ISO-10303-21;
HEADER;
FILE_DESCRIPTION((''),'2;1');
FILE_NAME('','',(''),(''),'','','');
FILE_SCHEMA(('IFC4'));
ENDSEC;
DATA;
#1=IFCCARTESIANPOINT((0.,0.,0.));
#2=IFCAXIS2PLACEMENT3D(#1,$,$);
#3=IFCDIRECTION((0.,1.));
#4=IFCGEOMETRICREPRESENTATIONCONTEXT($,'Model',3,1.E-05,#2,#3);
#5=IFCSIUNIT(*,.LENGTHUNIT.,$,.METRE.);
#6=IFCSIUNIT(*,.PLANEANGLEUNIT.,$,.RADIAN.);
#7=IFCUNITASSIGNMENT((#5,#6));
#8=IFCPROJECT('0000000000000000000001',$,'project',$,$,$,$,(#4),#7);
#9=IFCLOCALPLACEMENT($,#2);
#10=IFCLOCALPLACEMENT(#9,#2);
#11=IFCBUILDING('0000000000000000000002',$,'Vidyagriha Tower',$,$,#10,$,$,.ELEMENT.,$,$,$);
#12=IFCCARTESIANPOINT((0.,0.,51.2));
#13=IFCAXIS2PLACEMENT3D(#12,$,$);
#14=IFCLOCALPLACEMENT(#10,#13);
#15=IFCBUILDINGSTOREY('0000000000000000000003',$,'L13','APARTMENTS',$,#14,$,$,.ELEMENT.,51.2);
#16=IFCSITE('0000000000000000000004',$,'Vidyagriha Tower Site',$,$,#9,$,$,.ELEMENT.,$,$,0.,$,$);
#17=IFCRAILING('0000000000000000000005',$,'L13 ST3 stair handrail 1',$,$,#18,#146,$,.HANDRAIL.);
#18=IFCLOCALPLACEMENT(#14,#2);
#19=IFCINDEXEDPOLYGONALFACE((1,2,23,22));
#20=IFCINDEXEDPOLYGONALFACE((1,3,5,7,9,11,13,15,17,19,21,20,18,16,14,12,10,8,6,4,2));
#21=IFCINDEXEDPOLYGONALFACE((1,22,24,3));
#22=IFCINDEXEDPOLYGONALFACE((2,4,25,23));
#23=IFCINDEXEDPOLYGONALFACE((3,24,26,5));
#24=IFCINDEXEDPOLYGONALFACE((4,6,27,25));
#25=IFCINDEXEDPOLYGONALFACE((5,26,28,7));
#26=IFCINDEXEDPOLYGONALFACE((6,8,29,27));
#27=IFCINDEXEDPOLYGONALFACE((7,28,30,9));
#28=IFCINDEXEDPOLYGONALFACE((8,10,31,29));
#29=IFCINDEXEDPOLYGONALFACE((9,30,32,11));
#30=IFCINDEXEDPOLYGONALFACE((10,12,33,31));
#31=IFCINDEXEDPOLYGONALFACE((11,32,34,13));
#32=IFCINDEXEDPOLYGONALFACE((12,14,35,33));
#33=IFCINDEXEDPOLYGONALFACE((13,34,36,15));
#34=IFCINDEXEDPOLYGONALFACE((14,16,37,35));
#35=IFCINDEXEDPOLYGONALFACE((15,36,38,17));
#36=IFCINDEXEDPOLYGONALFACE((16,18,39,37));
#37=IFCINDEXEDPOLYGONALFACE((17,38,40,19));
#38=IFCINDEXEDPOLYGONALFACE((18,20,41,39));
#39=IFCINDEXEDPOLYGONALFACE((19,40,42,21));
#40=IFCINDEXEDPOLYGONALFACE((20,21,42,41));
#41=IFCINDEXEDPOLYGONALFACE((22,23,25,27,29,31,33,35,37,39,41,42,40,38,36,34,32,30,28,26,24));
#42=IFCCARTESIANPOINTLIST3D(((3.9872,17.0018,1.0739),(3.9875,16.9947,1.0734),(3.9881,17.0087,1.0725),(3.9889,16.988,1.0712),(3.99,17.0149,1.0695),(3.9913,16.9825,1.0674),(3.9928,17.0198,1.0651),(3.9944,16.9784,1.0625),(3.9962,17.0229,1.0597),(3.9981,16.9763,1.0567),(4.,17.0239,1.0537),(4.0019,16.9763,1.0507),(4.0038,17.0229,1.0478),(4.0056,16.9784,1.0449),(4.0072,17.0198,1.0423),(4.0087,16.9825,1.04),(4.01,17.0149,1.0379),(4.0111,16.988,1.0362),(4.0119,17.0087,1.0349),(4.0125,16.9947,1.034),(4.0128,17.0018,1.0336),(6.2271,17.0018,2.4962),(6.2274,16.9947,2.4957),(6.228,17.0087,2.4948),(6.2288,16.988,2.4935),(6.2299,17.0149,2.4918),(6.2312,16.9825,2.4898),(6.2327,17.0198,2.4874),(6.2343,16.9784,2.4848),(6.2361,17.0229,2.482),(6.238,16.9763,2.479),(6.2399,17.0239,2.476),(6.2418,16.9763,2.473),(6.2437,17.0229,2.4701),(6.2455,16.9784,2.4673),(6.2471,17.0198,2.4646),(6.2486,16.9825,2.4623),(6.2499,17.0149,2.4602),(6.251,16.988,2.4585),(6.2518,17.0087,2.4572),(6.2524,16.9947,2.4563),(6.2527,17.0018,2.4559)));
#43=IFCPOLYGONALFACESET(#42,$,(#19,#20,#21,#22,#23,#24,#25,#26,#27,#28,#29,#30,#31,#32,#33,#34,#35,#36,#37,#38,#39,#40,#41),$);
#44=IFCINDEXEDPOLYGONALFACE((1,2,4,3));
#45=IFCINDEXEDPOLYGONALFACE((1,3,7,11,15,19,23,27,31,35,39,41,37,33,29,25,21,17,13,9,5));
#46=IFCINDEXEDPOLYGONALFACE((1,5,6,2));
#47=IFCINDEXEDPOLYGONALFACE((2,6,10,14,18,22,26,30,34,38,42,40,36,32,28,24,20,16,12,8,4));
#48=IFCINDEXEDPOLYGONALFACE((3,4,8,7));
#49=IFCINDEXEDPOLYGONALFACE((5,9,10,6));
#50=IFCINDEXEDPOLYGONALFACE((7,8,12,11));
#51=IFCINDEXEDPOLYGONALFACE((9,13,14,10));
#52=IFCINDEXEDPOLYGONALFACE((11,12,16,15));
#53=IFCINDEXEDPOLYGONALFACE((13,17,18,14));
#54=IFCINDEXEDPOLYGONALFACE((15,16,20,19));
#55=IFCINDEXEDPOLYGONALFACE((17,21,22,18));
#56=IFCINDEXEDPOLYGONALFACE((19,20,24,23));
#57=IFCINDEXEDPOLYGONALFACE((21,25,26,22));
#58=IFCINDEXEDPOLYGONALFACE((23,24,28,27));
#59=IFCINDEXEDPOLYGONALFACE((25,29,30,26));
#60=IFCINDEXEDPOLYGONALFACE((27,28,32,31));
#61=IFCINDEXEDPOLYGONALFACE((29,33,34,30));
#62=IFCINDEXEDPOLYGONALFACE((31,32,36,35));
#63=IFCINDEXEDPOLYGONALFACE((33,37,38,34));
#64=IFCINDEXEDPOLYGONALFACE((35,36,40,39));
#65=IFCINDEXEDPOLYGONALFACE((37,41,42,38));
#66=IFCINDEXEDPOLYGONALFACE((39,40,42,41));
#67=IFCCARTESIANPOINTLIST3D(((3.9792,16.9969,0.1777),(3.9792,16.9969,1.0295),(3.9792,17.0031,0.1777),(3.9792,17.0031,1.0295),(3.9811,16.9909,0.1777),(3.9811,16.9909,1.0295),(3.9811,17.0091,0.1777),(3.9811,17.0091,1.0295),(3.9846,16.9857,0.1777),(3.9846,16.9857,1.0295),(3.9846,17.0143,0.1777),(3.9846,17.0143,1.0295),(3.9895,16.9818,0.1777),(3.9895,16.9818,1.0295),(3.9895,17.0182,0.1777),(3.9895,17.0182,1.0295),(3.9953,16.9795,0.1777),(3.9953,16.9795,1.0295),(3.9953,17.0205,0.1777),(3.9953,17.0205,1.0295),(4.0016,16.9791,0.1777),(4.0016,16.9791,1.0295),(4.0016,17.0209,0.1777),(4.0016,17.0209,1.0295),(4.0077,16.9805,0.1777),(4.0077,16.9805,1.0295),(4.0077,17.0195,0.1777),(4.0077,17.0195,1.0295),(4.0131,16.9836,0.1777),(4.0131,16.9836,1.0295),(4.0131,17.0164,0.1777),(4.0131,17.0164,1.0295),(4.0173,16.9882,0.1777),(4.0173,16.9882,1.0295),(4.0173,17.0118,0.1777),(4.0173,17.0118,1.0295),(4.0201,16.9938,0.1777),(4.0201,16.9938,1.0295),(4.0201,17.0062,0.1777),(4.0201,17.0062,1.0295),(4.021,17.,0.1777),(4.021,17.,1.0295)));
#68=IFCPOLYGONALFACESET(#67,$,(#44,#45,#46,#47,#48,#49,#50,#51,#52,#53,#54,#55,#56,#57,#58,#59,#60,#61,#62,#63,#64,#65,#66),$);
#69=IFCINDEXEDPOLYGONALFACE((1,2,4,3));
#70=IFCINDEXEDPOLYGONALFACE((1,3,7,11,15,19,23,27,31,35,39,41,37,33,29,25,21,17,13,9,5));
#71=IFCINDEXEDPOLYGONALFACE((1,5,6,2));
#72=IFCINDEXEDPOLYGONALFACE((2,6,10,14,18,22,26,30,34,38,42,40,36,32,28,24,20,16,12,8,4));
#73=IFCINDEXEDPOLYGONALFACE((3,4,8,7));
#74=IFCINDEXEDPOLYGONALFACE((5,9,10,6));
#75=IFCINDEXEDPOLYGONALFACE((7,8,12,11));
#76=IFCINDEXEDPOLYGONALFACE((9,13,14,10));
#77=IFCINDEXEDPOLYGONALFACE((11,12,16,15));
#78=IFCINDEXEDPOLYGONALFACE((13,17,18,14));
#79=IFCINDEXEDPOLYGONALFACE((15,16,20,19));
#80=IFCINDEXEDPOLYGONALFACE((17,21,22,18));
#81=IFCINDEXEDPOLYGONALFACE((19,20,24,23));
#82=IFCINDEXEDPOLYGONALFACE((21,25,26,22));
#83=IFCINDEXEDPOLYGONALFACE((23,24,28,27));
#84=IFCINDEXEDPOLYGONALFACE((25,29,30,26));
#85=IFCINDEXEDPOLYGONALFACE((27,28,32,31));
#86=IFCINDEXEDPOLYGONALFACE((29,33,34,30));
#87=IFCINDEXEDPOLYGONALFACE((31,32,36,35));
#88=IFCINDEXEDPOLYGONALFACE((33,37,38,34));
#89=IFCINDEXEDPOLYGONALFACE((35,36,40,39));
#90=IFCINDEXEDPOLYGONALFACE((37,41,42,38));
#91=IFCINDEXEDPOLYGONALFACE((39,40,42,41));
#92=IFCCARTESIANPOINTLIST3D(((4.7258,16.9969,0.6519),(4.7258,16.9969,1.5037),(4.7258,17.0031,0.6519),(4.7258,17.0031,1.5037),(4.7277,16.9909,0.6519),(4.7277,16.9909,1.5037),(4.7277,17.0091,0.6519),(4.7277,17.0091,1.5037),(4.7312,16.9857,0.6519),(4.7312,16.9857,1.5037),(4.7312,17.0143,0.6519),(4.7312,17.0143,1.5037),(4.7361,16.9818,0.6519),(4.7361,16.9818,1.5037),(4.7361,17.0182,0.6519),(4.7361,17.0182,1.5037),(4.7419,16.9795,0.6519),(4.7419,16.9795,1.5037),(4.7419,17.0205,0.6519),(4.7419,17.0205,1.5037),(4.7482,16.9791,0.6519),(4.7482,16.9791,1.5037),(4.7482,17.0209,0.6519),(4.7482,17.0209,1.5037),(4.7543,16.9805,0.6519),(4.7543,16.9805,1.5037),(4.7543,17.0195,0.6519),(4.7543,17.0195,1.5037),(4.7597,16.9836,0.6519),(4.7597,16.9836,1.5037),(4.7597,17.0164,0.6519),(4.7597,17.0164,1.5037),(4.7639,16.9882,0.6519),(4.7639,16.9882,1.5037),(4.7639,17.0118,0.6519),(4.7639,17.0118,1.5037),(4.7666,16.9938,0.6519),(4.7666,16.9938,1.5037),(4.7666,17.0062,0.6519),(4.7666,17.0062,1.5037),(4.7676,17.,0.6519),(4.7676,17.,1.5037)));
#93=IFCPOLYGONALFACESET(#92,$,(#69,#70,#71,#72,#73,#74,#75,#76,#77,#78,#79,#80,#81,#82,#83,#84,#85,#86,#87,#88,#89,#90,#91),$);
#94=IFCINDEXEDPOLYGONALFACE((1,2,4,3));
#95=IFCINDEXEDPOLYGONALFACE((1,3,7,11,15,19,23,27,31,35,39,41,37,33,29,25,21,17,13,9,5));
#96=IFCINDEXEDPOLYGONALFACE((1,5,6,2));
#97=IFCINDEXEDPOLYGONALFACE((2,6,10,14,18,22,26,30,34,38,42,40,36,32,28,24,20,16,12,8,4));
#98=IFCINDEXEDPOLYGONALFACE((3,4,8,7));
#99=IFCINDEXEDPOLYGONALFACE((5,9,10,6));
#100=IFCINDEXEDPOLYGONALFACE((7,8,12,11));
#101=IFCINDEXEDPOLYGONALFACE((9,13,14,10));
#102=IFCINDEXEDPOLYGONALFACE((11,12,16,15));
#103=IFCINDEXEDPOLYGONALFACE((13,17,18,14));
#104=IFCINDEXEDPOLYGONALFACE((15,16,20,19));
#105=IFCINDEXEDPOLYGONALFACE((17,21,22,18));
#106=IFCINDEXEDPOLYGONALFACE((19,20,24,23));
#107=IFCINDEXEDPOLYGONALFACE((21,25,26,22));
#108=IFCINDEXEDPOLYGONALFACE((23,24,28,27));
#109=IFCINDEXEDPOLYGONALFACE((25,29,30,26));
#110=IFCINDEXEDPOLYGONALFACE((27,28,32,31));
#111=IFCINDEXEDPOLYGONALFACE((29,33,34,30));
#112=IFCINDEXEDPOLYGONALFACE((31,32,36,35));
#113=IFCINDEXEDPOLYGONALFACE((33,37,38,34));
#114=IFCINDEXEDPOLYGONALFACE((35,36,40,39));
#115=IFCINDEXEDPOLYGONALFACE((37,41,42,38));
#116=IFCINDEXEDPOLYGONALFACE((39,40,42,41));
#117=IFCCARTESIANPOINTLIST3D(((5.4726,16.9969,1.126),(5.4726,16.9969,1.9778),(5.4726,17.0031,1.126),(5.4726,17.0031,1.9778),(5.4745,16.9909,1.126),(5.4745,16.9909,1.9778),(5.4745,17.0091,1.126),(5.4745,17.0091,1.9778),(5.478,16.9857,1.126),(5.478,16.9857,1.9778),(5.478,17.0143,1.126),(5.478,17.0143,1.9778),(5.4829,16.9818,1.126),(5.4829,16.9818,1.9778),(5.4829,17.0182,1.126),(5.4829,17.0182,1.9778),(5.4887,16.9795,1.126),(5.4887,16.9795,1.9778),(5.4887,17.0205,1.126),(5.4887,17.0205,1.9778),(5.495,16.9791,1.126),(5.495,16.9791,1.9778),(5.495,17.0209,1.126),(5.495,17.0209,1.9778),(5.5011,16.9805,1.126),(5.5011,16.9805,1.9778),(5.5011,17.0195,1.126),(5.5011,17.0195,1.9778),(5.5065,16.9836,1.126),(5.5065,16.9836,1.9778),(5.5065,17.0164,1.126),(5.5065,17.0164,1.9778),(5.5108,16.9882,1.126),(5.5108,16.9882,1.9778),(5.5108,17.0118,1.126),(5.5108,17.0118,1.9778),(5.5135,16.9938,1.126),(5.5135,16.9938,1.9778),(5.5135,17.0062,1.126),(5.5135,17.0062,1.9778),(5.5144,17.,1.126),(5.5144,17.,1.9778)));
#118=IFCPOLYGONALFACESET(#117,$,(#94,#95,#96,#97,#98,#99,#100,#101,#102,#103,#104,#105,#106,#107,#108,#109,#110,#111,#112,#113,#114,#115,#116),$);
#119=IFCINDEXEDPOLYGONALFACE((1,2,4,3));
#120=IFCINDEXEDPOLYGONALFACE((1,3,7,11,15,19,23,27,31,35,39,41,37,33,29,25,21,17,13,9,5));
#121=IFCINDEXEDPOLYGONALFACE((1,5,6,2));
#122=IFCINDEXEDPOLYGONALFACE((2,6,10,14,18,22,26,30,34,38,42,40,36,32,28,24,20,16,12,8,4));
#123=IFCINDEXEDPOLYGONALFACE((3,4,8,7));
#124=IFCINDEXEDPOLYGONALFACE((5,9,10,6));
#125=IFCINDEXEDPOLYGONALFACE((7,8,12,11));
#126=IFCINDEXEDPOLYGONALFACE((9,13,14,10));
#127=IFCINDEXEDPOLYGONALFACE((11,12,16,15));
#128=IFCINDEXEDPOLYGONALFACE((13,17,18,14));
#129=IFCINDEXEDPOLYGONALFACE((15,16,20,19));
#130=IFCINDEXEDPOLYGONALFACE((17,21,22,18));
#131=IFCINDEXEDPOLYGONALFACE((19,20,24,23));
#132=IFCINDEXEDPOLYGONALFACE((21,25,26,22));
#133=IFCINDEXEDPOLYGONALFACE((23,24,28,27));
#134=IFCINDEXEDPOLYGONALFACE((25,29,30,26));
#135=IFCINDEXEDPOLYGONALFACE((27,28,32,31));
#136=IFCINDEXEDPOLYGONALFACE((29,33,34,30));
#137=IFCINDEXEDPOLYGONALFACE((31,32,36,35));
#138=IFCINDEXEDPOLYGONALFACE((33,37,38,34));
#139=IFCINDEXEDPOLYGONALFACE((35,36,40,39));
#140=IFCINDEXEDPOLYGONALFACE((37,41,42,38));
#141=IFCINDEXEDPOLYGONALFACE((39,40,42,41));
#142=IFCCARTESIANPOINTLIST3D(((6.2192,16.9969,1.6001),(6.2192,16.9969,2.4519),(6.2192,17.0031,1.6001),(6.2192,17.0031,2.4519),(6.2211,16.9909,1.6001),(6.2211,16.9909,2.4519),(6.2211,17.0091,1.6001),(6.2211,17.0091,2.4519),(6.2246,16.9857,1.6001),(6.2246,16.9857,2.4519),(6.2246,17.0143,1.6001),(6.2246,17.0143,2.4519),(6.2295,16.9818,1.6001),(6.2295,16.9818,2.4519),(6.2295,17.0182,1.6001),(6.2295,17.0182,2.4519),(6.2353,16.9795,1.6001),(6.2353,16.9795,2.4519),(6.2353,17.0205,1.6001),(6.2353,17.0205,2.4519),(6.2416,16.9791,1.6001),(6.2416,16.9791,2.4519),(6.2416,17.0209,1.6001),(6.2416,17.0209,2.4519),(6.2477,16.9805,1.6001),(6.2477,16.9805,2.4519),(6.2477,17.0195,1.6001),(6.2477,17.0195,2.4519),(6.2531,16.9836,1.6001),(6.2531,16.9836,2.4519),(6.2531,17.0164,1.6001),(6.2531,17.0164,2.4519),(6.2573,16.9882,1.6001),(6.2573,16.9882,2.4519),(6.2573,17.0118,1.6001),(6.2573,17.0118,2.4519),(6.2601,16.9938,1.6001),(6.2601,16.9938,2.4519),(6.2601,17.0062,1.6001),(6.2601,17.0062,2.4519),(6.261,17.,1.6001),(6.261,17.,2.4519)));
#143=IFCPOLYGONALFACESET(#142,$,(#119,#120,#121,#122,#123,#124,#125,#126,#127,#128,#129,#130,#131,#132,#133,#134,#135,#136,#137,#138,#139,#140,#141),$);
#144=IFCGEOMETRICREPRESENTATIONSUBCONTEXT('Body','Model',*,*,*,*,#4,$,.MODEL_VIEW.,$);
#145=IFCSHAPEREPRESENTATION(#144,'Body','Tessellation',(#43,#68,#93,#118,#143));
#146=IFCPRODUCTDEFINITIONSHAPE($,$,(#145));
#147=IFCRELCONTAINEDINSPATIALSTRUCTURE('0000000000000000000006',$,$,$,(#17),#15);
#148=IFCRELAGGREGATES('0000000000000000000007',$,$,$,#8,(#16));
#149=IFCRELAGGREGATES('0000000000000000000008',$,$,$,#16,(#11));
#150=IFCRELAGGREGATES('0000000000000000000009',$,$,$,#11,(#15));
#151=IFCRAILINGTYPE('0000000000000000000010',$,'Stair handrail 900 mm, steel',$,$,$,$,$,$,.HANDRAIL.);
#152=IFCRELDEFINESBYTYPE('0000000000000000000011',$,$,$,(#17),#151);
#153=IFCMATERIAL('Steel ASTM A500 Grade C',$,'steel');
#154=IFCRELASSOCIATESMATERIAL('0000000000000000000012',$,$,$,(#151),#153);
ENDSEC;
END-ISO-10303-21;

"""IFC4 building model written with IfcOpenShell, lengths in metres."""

from ifc_helpers import new_model, si_unit, direction, frame, origin, origin_2d, place, context, subcontext, project, spatial, circle, extrude, material, type_object, element, save


model = new_model("IFC4")

# Units and contexts
model_context = context("Model", 3, precision=1e-05, world=origin(), true_north=direction((0.0, 1.0)))
body_context = subcontext(model_context, "Body", "Model", "MODEL_VIEW")
ifc_project = project(units=[si_unit("LENGTHUNIT", "METRE"), si_unit("PLANEANGLEUNIT", "RADIAN")], contexts=[model_context])

# Site, building, storey
site_placement = place(None, origin())
site = spatial("IfcSite", under=ifc_project, at=site_placement, Name="Vidyagriha Tower Site", CompositionType="ELEMENT", RefElevation=0.0)
building_placement = place(site_placement, origin())
building = spatial("IfcBuilding", under=site, at=building_placement, Name="Vidyagriha Tower", CompositionType="ELEMENT")
storey_placement = place(building_placement, frame((0.0, 0.0, 51.2)))
storey = spatial("IfcBuildingStorey", under=building, at=storey_placement, Name="L13", Description="APARTMENTS", CompositionType="ELEMENT", Elevation=51.2)

# Railing
ifc_material_1 = material(Name="Steel ASTM A500 Grade C", Category="steel")
railing_type_1 = type_object("IfcRailingType", Name="Stair handrail 900 mm, steel", PredefinedType="HANDRAIL", material=ifc_material_1)
railing_1_placement = place(storey_placement, frame((4.0, 17.0, 0.1777)))
element("IfcRailing", 1, at=railing_1_placement, inside=storey, type_object=railing_type_1, Name="L13 ST3 stair handrail 1", PredefinedType="HANDRAIL", context=body_context, shape_type="SweptSolid", body=[
    extrude(circle(Radius=0.0239, at=origin_2d()), frame((0.0, 0.0, 0.876), z_axis=(0.844188, 0.0, 0.536048), x_axis=(0.0, 1.0, 0.0)), (0.0, 0.0, 1.0), 2.6533),
    extrude(circle(Radius=0.021, at=origin_2d()), origin(), (0.0, 0.0, 1.0), 0.8518),
    extrude(circle(Radius=0.021, at=origin_2d()), frame((0.7466, 0.0, 0.4741)), (0.0, 0.0, 1.0), 0.8518),
    extrude(circle(Radius=0.021, at=origin_2d()), frame((1.4934, 0.0, 0.9482)), (0.0, 0.0, 1.0), 0.8518),
    extrude(circle(Radius=0.021, at=origin_2d()), frame((2.24, 0.0, 1.4224)), (0.0, 0.0, 1.0), 0.8518),
])

save(model, "model.ifc")
